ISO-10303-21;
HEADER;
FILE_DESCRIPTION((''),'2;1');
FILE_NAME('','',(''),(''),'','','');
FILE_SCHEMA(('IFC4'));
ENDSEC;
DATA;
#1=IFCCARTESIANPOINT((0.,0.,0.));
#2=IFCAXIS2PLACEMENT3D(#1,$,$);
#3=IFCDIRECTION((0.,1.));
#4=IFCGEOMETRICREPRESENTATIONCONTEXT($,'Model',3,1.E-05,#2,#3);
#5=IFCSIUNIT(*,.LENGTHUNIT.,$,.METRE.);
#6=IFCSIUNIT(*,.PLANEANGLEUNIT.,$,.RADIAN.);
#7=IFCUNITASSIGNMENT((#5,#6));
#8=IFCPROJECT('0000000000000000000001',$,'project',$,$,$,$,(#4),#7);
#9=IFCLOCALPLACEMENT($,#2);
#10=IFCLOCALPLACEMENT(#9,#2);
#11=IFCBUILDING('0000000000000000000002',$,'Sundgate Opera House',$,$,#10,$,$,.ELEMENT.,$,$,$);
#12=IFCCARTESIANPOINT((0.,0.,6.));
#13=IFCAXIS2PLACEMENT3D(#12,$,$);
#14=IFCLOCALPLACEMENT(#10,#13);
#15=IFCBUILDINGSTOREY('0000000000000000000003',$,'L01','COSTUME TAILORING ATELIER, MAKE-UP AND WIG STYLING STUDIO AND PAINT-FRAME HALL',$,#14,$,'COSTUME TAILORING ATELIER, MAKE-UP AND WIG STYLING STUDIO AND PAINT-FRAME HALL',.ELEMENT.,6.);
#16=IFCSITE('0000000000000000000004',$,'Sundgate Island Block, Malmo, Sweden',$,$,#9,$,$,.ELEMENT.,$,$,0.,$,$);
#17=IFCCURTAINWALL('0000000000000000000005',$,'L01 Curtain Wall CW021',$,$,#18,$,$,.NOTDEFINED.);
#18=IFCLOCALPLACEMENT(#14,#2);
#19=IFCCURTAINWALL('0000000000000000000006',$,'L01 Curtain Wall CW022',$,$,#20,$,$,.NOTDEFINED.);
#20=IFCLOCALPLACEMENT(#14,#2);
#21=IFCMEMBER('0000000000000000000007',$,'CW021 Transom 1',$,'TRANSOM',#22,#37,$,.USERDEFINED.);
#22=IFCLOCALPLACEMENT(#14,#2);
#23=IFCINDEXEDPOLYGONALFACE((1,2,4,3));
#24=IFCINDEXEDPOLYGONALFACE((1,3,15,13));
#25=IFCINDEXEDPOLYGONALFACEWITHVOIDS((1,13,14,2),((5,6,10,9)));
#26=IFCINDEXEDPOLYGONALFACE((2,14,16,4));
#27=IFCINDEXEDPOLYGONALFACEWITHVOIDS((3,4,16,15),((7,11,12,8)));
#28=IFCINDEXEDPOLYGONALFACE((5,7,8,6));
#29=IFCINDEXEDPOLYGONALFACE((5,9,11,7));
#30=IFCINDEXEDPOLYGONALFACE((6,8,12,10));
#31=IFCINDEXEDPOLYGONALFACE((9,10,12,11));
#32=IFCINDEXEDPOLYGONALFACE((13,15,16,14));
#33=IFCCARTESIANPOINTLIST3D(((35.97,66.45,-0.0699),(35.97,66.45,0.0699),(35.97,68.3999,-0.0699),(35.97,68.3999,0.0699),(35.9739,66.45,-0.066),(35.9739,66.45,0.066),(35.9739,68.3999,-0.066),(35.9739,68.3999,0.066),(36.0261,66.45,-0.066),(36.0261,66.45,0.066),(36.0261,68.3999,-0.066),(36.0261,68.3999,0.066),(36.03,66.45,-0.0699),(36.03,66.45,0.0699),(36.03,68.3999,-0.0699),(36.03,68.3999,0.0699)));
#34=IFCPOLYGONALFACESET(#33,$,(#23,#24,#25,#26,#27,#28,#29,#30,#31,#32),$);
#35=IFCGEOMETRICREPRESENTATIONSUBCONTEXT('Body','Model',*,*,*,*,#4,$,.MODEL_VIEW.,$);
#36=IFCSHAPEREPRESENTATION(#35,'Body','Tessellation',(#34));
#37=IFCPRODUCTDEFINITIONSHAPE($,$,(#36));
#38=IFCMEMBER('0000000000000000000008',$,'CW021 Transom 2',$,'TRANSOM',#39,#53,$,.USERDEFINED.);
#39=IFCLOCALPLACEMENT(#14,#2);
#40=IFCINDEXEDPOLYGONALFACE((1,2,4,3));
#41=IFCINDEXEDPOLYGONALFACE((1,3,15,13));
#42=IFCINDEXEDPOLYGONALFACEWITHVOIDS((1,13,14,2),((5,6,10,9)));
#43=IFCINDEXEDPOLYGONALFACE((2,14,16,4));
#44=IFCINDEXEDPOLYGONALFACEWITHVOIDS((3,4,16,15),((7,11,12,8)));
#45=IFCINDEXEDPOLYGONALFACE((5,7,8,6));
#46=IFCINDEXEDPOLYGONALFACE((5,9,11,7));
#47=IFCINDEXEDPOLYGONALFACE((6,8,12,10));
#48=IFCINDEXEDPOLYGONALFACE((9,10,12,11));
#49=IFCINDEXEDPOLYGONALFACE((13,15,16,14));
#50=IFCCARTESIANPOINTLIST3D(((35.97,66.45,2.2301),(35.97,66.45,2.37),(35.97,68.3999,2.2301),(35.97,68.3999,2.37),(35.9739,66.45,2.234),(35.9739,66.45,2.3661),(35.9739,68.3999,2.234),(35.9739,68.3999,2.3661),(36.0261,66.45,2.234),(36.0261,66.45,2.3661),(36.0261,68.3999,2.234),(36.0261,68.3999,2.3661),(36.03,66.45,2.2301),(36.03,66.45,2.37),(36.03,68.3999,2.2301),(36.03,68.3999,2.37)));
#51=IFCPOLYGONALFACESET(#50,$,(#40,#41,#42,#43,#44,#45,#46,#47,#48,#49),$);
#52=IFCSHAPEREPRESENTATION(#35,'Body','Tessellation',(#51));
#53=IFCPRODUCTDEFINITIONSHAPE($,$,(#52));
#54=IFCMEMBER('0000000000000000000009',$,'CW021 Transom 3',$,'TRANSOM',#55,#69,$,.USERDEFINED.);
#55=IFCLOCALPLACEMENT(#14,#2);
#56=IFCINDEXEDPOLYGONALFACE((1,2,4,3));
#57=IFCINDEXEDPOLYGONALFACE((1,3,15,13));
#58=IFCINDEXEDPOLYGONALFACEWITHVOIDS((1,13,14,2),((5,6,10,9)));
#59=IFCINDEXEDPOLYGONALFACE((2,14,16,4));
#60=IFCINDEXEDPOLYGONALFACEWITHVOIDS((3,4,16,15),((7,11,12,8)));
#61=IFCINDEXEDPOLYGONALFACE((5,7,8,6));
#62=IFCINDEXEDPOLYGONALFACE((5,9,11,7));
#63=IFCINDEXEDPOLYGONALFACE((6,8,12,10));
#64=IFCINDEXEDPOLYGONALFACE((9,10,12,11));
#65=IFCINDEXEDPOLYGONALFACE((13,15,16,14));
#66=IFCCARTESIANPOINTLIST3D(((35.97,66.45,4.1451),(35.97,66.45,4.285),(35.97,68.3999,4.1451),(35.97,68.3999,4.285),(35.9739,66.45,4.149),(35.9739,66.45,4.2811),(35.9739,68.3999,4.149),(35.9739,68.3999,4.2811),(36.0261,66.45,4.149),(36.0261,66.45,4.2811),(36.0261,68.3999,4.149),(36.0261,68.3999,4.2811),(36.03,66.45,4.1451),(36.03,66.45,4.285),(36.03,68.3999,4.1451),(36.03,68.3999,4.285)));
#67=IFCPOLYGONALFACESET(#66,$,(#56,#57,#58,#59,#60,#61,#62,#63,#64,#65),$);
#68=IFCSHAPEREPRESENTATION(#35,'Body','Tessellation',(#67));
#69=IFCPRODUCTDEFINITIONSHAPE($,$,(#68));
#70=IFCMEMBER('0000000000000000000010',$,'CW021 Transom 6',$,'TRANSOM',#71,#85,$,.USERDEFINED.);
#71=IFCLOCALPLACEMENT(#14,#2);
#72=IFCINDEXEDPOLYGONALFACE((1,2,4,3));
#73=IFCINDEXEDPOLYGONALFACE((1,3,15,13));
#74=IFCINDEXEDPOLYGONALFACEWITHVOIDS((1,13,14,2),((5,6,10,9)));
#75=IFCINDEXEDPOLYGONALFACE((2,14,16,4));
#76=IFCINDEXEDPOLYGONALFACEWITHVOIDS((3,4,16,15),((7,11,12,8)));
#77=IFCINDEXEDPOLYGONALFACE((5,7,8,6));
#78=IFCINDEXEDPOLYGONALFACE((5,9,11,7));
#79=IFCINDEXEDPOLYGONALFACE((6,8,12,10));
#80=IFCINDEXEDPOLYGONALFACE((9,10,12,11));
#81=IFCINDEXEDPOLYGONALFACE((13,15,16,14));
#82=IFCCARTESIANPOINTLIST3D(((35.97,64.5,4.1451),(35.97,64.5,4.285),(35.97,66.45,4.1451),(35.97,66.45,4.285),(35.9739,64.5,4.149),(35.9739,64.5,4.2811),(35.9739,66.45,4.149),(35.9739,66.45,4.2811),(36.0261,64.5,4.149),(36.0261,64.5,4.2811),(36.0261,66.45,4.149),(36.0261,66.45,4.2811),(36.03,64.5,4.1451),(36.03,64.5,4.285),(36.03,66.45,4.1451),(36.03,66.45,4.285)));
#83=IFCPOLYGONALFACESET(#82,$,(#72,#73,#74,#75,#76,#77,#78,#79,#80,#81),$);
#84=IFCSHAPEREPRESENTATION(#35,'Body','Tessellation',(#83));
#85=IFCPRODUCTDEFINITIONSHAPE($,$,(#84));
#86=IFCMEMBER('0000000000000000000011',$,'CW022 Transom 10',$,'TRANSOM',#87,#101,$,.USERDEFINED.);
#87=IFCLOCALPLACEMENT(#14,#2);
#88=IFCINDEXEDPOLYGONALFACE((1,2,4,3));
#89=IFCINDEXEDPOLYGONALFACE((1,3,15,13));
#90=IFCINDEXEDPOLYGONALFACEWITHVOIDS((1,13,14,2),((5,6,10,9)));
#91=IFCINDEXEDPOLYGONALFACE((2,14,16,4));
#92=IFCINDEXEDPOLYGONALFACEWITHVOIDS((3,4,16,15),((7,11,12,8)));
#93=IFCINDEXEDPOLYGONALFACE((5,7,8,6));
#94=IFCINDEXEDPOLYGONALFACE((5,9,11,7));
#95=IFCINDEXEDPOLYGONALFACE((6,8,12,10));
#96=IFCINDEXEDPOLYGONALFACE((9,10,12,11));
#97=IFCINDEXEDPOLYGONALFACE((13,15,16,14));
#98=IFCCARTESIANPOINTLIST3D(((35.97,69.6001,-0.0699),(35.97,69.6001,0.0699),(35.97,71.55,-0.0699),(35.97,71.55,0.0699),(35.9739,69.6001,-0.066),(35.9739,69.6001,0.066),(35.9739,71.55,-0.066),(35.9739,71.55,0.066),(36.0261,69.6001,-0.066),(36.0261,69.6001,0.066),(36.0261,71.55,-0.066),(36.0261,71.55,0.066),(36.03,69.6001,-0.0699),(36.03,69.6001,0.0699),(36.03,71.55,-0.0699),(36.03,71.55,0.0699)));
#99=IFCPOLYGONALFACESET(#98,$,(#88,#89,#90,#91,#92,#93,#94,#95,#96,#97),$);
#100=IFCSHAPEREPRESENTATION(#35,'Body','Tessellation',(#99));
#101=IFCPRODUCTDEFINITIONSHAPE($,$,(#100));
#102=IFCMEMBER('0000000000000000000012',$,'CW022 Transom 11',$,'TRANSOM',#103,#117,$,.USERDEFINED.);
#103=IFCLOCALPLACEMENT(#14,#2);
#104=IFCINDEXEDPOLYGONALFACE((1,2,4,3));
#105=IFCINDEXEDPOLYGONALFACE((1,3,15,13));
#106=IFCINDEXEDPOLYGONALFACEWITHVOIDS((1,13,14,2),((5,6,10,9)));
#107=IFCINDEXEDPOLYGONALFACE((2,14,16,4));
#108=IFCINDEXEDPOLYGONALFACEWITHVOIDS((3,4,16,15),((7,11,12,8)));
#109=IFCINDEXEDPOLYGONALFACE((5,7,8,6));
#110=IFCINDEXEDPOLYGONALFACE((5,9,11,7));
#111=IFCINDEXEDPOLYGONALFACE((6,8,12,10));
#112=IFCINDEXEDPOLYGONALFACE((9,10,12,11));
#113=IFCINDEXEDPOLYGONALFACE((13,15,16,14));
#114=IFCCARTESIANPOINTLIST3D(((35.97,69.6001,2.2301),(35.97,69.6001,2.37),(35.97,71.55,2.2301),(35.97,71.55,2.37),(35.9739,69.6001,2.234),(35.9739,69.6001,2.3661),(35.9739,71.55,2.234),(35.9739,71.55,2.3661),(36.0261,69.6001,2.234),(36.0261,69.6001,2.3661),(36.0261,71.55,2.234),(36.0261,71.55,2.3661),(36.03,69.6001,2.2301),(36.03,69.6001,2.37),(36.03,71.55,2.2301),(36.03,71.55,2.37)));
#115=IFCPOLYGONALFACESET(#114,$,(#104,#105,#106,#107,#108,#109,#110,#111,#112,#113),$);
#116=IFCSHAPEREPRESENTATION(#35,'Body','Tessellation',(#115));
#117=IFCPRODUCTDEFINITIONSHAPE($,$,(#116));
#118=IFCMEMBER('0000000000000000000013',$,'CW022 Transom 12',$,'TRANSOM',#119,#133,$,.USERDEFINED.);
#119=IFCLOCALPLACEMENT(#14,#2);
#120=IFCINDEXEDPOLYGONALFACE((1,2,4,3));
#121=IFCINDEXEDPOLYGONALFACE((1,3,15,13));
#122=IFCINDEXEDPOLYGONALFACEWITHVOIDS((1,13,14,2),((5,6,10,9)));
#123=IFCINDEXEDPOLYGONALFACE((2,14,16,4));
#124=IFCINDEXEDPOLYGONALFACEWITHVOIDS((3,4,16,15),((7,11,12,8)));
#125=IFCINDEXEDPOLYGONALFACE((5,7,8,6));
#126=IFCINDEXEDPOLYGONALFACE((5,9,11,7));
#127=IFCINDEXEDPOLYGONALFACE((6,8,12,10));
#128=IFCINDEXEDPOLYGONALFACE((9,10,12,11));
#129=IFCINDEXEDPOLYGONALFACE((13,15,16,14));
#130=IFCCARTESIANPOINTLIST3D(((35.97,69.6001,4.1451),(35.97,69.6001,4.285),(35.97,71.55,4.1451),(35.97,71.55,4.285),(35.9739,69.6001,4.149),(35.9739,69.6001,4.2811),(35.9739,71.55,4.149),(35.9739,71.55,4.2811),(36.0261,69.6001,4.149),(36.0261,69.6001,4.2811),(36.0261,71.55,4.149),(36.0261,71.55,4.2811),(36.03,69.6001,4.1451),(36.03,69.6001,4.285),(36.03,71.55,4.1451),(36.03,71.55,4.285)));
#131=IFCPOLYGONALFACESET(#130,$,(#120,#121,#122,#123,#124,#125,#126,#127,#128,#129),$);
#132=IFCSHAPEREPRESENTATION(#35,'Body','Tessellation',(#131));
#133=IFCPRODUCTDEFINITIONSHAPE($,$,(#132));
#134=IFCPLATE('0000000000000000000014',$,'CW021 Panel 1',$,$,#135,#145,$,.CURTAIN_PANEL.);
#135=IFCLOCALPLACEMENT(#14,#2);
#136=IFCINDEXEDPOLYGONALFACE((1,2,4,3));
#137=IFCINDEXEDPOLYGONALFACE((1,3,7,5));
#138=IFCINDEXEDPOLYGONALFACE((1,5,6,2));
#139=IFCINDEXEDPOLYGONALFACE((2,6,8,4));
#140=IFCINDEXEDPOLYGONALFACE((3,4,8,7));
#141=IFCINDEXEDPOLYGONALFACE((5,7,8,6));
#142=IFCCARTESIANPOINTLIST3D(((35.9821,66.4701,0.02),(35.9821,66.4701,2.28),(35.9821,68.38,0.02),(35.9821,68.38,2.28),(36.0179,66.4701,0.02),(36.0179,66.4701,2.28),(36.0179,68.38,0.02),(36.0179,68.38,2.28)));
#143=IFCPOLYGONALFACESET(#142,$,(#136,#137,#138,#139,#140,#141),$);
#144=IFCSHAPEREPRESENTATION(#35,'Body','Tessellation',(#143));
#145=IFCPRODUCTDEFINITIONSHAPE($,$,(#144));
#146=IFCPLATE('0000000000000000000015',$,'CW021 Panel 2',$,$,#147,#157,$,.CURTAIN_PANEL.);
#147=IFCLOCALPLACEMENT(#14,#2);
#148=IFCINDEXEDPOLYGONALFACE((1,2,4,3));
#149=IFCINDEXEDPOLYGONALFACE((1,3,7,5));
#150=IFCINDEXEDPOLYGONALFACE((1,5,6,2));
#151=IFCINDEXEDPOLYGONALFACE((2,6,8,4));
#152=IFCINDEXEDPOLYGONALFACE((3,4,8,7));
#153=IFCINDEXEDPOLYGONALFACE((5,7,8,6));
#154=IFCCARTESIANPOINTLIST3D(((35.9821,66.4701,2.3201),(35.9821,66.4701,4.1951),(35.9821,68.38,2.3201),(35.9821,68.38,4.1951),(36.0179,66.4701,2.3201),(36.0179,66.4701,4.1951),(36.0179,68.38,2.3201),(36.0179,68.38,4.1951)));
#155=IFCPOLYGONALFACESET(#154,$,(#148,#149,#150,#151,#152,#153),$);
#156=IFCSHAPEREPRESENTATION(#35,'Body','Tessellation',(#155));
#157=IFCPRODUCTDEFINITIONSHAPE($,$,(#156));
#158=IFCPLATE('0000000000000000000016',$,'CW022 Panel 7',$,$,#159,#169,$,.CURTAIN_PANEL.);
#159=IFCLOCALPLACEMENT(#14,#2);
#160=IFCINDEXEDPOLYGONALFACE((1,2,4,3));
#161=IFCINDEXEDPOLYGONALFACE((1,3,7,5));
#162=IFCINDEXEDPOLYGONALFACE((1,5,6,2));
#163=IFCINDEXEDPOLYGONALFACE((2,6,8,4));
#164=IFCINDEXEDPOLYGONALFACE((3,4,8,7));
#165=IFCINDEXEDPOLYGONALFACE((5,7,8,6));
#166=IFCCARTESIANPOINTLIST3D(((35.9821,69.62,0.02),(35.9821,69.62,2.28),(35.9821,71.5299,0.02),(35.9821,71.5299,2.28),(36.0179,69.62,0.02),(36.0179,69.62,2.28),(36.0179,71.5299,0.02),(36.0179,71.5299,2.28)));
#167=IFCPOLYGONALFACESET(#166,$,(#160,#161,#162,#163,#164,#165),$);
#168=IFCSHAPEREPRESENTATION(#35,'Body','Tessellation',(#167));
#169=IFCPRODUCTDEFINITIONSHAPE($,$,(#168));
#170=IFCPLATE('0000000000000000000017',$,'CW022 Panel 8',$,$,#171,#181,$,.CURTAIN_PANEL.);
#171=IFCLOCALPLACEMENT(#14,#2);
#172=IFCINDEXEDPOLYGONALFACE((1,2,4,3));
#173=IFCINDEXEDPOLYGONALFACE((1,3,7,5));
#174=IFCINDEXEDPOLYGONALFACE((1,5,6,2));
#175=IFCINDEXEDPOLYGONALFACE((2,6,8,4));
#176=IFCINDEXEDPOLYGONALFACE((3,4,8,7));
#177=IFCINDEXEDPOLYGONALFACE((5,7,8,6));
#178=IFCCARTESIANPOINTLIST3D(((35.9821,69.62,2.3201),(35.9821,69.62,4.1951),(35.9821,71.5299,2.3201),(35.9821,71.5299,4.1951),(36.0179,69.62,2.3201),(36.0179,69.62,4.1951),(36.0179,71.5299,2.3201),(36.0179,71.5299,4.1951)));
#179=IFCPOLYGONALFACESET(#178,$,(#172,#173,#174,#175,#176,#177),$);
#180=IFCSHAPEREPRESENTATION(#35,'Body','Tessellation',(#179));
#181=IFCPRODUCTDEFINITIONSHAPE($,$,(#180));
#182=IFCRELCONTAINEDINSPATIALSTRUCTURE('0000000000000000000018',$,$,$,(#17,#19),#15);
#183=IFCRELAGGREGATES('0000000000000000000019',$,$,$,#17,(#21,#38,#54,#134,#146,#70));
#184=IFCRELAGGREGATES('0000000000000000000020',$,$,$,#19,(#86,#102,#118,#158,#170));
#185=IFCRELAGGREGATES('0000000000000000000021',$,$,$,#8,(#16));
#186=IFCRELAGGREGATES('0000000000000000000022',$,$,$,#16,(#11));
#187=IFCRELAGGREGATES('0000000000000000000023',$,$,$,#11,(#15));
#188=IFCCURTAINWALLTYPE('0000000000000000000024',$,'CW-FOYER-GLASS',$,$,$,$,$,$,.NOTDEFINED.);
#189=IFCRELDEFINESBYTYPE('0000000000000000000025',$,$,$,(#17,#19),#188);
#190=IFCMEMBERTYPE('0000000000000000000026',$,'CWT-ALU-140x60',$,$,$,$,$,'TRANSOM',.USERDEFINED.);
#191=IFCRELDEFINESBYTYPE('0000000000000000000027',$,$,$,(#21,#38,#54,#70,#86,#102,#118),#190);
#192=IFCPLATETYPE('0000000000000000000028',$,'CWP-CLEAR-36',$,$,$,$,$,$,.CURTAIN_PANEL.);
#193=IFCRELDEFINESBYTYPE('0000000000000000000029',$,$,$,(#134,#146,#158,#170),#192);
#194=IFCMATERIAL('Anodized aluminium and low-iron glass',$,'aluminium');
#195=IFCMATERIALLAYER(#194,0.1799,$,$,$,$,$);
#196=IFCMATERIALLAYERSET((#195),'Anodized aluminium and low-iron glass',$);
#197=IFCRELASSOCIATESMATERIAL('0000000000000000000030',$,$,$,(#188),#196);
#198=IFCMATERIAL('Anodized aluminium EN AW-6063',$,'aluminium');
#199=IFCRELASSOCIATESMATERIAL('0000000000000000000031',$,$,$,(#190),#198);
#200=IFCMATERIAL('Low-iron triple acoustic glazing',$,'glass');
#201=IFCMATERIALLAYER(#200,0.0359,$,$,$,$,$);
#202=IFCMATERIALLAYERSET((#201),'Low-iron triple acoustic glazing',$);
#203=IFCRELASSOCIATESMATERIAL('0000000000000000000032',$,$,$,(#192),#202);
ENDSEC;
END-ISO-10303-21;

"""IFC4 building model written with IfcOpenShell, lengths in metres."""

from ifc_helpers import new_model, si_unit, direction, frame, origin, origin_2d, place, context, subcontext, project, spatial, rectangle, hollow_rectangle, extrude, material, layer, layer_set, material_profile, profile_set, type_object, element, aggregate, save


model = new_model("IFC4")

# Units and contexts
model_context = context("Model", 3, precision=1e-05, world=origin(), true_north=direction((0.0, 1.0)))
body_context = subcontext(model_context, "Body", "Model", "MODEL_VIEW")
ifc_project = project(units=[si_unit("LENGTHUNIT", "METRE"), si_unit("PLANEANGLEUNIT", "RADIAN")], contexts=[model_context])

# Site, building, storey
site_placement = place(None, origin())
site = spatial("IfcSite", under=ifc_project, at=site_placement, Name="Sundgate Island Block, Malmo, Sweden", CompositionType="ELEMENT", RefElevation=0.0)
building_placement = place(site_placement, origin())
building = spatial("IfcBuilding", under=site, at=building_placement, Name="Sundgate Opera House", CompositionType="ELEMENT")
storey_placement = place(building_placement, frame((0.0, 0.0, 6.0)))
storey = spatial("IfcBuildingStorey", under=building, at=storey_placement, Name="L01", Description="COSTUME TAILORING ATELIER, MAKE-UP AND WIG STYLING STUDIO AND PAINT-FRAME HALL", LongName="COSTUME TAILORING ATELIER, MAKE-UP AND WIG STYLING STUDIO AND PAINT-FRAME HALL", CompositionType="ELEMENT", Elevation=6.0)

# Curtain wall
ifc_material_1 = material(Name="Anodized aluminium and low-iron glass", Category="aluminium")
ifc_layer_1 = layer(ifc_material_1, 0.1799)
ifc_layer_set_1 = layer_set([ifc_layer_1], Name="Anodized aluminium and low-iron glass")
curtain_wall_type = type_object("IfcCurtainWallType", Name="CW-FOYER-GLASS", PredefinedType="NOTDEFINED", material=ifc_layer_set_1)
curtain_wall_1_placement = place(storey_placement, origin())
curtain_wall_1 = element("IfcCurtainWall", 1, at=curtain_wall_1_placement, inside=storey, type_object=curtain_wall_type, Name="L01 Curtain Wall CW021", PredefinedType="NOTDEFINED")

# Curtain wall
curtain_wall_2_placement = place(storey_placement, origin())
curtain_wall_2 = element("IfcCurtainWall", 2, at=curtain_wall_2_placement, inside=storey, type_object=curtain_wall_type, Name="L01 Curtain Wall CW022", PredefinedType="NOTDEFINED")

# Members
ifc_material_2 = material(Name="Anodized aluminium EN AW-6063", Category="aluminium")
ifc_material_profile_1 = material_profile(ifc_material_2, hollow_rectangle(XDim=0.0601, YDim=0.1399, WallThickness=0.0039, at=origin_2d()), Name="CWT 140x60x4")
ifc_profile_set_1 = profile_set([ifc_material_profile_1], Name="Anodized aluminium EN AW-6063")
member_type_1 = type_object("IfcMemberType", Name="CWT-ALU-140x60", ElementType="TRANSOM", PredefinedType="USERDEFINED", material=ifc_profile_set_1)
member_1_placement = place(storey_placement, frame((36.0, 68.3999, 0.0), z_axis=(0.0, -1.0, 0.0), x_axis=(1.0, 0.0, 0.0)))
member_1 = element("IfcMember", 3, at=member_1_placement, type_object=member_type_1, Name="CW021 Transom 1", ObjectType="TRANSOM", PredefinedType="USERDEFINED", context=body_context, shape_type="SweptSolid", body=[
    extrude(hollow_rectangle(XDim=0.0601, YDim=0.1399, WallThickness=0.0039, at=origin_2d()), origin(), (0.0, 0.0, 1.0), 1.95),
])
member_2_placement = place(storey_placement, frame((36.0, 68.3999, 2.3), z_axis=(0.0, -1.0, 0.0), x_axis=(1.0, 0.0, 0.0)))
member_2 = element("IfcMember", 4, at=member_2_placement, type_object=member_type_1, Name="CW021 Transom 2", ObjectType="TRANSOM", PredefinedType="USERDEFINED", context=body_context, shape_type="SweptSolid", body=[
    extrude(hollow_rectangle(XDim=0.0601, YDim=0.1399, WallThickness=0.0039, at=origin_2d()), origin(), (0.0, 0.0, 1.0), 1.95),
])
member_3_placement = place(storey_placement, frame((36.0, 68.3999, 4.2151), z_axis=(0.0, -1.0, 0.0), x_axis=(1.0, 0.0, 0.0)))
member_3 = element("IfcMember", 5, at=member_3_placement, type_object=member_type_1, Name="CW021 Transom 3", ObjectType="TRANSOM", PredefinedType="USERDEFINED", context=body_context, shape_type="SweptSolid", body=[
    extrude(hollow_rectangle(XDim=0.0601, YDim=0.1399, WallThickness=0.0039, at=origin_2d()), origin(), (0.0, 0.0, 1.0), 1.95),
])
member_4_placement = place(storey_placement, frame((36.0, 66.45, 4.2151), z_axis=(0.0, -1.0, 0.0), x_axis=(1.0, 0.0, 0.0)))
member_4 = element("IfcMember", 6, at=member_4_placement, type_object=member_type_1, Name="CW021 Transom 6", ObjectType="TRANSOM", PredefinedType="USERDEFINED", context=body_context, shape_type="SweptSolid", body=[
    extrude(hollow_rectangle(XDim=0.0601, YDim=0.1399, WallThickness=0.0039, at=origin_2d()), origin(), (0.0, 0.0, 1.0), 1.95),
])
member_5_placement = place(storey_placement, frame((36.0, 71.55, 0.0), z_axis=(0.0, -1.0, 0.0), x_axis=(1.0, 0.0, 0.0)))
member_5 = element("IfcMember", 7, at=member_5_placement, type_object=member_type_1, Name="CW022 Transom 10", ObjectType="TRANSOM", PredefinedType="USERDEFINED", context=body_context, shape_type="SweptSolid", body=[
    extrude(hollow_rectangle(XDim=0.0601, YDim=0.1399, WallThickness=0.0039, at=origin_2d()), origin(), (0.0, 0.0, 1.0), 1.95),
])
member_6_placement = place(storey_placement, frame((36.0, 71.55, 2.3), z_axis=(0.0, -1.0, 0.0), x_axis=(1.0, 0.0, 0.0)))
member_6 = element("IfcMember", 8, at=member_6_placement, type_object=member_type_1, Name="CW022 Transom 11", ObjectType="TRANSOM", PredefinedType="USERDEFINED", context=body_context, shape_type="SweptSolid", body=[
    extrude(hollow_rectangle(XDim=0.0601, YDim=0.1399, WallThickness=0.0039, at=origin_2d()), origin(), (0.0, 0.0, 1.0), 1.95),
])
member_7_placement = place(storey_placement, frame((36.0, 71.55, 4.2151), z_axis=(0.0, -1.0, 0.0), x_axis=(1.0, 0.0, 0.0)))
member_7 = element("IfcMember", 9, at=member_7_placement, type_object=member_type_1, Name="CW022 Transom 12", ObjectType="TRANSOM", PredefinedType="USERDEFINED", context=body_context, shape_type="SweptSolid", body=[
    extrude(hollow_rectangle(XDim=0.0601, YDim=0.1399, WallThickness=0.0039, at=origin_2d()), origin(), (0.0, 0.0, 1.0), 1.95),
])

# Plates
ifc_material_3 = material(Name="Low-iron triple acoustic glazing", Category="glass")
ifc_layer_2 = layer(ifc_material_3, 0.0359)
ifc_layer_set_2 = layer_set([ifc_layer_2], Name="Low-iron triple acoustic glazing")
plate_type = type_object("IfcPlateType", Name="CWP-CLEAR-36", PredefinedType="CURTAIN_PANEL", material=ifc_layer_set_2)
plate_1_placement = place(storey_placement, frame((36.0, 67.425, 0.02), z_axis=(0.0, 0.0, 1.0), x_axis=(0.0, -1.0, 0.0)))
plate_1 = element("IfcPlate", 10, at=plate_1_placement, type_object=plate_type, Name="CW021 Panel 1", PredefinedType="CURTAIN_PANEL", context=body_context, shape_type="SweptSolid", body=[
    extrude(rectangle(XDim=1.9099, YDim=0.0359, at=origin_2d()), origin(), (0.0, 0.0, 1.0), 2.26),
])
plate_2_placement = place(storey_placement, frame((36.0, 67.425, 2.3201), z_axis=(0.0, 0.0, 1.0), x_axis=(0.0, -1.0, 0.0)))
plate_2 = element("IfcPlate", 11, at=plate_2_placement, type_object=plate_type, Name="CW021 Panel 2", PredefinedType="CURTAIN_PANEL", context=body_context, shape_type="SweptSolid", body=[
    extrude(rectangle(XDim=1.9099, YDim=0.0359, at=origin_2d()), origin(), (0.0, 0.0, 1.0), 1.875),
])
aggregate(curtain_wall_1, [member_1, member_2, member_3, plate_1, plate_2, member_4])
plate_3_placement = place(storey_placement, frame((36.0, 70.575, 0.02), z_axis=(0.0, 0.0, 1.0), x_axis=(0.0, -1.0, 0.0)))
plate_3 = element("IfcPlate", 12, at=plate_3_placement, type_object=plate_type, Name="CW022 Panel 7", PredefinedType="CURTAIN_PANEL", context=body_context, shape_type="SweptSolid", body=[
    extrude(rectangle(XDim=1.9099, YDim=0.0359, at=origin_2d()), origin(), (0.0, 0.0, 1.0), 2.26),
])
plate_4_placement = place(storey_placement, frame((36.0, 70.575, 2.3201), z_axis=(0.0, 0.0, 1.0), x_axis=(0.0, -1.0, 0.0)))
plate_4 = element("IfcPlate", 13, at=plate_4_placement, type_object=plate_type, Name="CW022 Panel 8", PredefinedType="CURTAIN_PANEL", context=body_context, shape_type="SweptSolid", body=[
    extrude(rectangle(XDim=1.9099, YDim=0.0359, at=origin_2d()), origin(), (0.0, 0.0, 1.0), 1.875),
])
aggregate(curtain_wall_2, [member_5, member_6, member_7, plate_3, plate_4])

save(model, "model.ifc")
